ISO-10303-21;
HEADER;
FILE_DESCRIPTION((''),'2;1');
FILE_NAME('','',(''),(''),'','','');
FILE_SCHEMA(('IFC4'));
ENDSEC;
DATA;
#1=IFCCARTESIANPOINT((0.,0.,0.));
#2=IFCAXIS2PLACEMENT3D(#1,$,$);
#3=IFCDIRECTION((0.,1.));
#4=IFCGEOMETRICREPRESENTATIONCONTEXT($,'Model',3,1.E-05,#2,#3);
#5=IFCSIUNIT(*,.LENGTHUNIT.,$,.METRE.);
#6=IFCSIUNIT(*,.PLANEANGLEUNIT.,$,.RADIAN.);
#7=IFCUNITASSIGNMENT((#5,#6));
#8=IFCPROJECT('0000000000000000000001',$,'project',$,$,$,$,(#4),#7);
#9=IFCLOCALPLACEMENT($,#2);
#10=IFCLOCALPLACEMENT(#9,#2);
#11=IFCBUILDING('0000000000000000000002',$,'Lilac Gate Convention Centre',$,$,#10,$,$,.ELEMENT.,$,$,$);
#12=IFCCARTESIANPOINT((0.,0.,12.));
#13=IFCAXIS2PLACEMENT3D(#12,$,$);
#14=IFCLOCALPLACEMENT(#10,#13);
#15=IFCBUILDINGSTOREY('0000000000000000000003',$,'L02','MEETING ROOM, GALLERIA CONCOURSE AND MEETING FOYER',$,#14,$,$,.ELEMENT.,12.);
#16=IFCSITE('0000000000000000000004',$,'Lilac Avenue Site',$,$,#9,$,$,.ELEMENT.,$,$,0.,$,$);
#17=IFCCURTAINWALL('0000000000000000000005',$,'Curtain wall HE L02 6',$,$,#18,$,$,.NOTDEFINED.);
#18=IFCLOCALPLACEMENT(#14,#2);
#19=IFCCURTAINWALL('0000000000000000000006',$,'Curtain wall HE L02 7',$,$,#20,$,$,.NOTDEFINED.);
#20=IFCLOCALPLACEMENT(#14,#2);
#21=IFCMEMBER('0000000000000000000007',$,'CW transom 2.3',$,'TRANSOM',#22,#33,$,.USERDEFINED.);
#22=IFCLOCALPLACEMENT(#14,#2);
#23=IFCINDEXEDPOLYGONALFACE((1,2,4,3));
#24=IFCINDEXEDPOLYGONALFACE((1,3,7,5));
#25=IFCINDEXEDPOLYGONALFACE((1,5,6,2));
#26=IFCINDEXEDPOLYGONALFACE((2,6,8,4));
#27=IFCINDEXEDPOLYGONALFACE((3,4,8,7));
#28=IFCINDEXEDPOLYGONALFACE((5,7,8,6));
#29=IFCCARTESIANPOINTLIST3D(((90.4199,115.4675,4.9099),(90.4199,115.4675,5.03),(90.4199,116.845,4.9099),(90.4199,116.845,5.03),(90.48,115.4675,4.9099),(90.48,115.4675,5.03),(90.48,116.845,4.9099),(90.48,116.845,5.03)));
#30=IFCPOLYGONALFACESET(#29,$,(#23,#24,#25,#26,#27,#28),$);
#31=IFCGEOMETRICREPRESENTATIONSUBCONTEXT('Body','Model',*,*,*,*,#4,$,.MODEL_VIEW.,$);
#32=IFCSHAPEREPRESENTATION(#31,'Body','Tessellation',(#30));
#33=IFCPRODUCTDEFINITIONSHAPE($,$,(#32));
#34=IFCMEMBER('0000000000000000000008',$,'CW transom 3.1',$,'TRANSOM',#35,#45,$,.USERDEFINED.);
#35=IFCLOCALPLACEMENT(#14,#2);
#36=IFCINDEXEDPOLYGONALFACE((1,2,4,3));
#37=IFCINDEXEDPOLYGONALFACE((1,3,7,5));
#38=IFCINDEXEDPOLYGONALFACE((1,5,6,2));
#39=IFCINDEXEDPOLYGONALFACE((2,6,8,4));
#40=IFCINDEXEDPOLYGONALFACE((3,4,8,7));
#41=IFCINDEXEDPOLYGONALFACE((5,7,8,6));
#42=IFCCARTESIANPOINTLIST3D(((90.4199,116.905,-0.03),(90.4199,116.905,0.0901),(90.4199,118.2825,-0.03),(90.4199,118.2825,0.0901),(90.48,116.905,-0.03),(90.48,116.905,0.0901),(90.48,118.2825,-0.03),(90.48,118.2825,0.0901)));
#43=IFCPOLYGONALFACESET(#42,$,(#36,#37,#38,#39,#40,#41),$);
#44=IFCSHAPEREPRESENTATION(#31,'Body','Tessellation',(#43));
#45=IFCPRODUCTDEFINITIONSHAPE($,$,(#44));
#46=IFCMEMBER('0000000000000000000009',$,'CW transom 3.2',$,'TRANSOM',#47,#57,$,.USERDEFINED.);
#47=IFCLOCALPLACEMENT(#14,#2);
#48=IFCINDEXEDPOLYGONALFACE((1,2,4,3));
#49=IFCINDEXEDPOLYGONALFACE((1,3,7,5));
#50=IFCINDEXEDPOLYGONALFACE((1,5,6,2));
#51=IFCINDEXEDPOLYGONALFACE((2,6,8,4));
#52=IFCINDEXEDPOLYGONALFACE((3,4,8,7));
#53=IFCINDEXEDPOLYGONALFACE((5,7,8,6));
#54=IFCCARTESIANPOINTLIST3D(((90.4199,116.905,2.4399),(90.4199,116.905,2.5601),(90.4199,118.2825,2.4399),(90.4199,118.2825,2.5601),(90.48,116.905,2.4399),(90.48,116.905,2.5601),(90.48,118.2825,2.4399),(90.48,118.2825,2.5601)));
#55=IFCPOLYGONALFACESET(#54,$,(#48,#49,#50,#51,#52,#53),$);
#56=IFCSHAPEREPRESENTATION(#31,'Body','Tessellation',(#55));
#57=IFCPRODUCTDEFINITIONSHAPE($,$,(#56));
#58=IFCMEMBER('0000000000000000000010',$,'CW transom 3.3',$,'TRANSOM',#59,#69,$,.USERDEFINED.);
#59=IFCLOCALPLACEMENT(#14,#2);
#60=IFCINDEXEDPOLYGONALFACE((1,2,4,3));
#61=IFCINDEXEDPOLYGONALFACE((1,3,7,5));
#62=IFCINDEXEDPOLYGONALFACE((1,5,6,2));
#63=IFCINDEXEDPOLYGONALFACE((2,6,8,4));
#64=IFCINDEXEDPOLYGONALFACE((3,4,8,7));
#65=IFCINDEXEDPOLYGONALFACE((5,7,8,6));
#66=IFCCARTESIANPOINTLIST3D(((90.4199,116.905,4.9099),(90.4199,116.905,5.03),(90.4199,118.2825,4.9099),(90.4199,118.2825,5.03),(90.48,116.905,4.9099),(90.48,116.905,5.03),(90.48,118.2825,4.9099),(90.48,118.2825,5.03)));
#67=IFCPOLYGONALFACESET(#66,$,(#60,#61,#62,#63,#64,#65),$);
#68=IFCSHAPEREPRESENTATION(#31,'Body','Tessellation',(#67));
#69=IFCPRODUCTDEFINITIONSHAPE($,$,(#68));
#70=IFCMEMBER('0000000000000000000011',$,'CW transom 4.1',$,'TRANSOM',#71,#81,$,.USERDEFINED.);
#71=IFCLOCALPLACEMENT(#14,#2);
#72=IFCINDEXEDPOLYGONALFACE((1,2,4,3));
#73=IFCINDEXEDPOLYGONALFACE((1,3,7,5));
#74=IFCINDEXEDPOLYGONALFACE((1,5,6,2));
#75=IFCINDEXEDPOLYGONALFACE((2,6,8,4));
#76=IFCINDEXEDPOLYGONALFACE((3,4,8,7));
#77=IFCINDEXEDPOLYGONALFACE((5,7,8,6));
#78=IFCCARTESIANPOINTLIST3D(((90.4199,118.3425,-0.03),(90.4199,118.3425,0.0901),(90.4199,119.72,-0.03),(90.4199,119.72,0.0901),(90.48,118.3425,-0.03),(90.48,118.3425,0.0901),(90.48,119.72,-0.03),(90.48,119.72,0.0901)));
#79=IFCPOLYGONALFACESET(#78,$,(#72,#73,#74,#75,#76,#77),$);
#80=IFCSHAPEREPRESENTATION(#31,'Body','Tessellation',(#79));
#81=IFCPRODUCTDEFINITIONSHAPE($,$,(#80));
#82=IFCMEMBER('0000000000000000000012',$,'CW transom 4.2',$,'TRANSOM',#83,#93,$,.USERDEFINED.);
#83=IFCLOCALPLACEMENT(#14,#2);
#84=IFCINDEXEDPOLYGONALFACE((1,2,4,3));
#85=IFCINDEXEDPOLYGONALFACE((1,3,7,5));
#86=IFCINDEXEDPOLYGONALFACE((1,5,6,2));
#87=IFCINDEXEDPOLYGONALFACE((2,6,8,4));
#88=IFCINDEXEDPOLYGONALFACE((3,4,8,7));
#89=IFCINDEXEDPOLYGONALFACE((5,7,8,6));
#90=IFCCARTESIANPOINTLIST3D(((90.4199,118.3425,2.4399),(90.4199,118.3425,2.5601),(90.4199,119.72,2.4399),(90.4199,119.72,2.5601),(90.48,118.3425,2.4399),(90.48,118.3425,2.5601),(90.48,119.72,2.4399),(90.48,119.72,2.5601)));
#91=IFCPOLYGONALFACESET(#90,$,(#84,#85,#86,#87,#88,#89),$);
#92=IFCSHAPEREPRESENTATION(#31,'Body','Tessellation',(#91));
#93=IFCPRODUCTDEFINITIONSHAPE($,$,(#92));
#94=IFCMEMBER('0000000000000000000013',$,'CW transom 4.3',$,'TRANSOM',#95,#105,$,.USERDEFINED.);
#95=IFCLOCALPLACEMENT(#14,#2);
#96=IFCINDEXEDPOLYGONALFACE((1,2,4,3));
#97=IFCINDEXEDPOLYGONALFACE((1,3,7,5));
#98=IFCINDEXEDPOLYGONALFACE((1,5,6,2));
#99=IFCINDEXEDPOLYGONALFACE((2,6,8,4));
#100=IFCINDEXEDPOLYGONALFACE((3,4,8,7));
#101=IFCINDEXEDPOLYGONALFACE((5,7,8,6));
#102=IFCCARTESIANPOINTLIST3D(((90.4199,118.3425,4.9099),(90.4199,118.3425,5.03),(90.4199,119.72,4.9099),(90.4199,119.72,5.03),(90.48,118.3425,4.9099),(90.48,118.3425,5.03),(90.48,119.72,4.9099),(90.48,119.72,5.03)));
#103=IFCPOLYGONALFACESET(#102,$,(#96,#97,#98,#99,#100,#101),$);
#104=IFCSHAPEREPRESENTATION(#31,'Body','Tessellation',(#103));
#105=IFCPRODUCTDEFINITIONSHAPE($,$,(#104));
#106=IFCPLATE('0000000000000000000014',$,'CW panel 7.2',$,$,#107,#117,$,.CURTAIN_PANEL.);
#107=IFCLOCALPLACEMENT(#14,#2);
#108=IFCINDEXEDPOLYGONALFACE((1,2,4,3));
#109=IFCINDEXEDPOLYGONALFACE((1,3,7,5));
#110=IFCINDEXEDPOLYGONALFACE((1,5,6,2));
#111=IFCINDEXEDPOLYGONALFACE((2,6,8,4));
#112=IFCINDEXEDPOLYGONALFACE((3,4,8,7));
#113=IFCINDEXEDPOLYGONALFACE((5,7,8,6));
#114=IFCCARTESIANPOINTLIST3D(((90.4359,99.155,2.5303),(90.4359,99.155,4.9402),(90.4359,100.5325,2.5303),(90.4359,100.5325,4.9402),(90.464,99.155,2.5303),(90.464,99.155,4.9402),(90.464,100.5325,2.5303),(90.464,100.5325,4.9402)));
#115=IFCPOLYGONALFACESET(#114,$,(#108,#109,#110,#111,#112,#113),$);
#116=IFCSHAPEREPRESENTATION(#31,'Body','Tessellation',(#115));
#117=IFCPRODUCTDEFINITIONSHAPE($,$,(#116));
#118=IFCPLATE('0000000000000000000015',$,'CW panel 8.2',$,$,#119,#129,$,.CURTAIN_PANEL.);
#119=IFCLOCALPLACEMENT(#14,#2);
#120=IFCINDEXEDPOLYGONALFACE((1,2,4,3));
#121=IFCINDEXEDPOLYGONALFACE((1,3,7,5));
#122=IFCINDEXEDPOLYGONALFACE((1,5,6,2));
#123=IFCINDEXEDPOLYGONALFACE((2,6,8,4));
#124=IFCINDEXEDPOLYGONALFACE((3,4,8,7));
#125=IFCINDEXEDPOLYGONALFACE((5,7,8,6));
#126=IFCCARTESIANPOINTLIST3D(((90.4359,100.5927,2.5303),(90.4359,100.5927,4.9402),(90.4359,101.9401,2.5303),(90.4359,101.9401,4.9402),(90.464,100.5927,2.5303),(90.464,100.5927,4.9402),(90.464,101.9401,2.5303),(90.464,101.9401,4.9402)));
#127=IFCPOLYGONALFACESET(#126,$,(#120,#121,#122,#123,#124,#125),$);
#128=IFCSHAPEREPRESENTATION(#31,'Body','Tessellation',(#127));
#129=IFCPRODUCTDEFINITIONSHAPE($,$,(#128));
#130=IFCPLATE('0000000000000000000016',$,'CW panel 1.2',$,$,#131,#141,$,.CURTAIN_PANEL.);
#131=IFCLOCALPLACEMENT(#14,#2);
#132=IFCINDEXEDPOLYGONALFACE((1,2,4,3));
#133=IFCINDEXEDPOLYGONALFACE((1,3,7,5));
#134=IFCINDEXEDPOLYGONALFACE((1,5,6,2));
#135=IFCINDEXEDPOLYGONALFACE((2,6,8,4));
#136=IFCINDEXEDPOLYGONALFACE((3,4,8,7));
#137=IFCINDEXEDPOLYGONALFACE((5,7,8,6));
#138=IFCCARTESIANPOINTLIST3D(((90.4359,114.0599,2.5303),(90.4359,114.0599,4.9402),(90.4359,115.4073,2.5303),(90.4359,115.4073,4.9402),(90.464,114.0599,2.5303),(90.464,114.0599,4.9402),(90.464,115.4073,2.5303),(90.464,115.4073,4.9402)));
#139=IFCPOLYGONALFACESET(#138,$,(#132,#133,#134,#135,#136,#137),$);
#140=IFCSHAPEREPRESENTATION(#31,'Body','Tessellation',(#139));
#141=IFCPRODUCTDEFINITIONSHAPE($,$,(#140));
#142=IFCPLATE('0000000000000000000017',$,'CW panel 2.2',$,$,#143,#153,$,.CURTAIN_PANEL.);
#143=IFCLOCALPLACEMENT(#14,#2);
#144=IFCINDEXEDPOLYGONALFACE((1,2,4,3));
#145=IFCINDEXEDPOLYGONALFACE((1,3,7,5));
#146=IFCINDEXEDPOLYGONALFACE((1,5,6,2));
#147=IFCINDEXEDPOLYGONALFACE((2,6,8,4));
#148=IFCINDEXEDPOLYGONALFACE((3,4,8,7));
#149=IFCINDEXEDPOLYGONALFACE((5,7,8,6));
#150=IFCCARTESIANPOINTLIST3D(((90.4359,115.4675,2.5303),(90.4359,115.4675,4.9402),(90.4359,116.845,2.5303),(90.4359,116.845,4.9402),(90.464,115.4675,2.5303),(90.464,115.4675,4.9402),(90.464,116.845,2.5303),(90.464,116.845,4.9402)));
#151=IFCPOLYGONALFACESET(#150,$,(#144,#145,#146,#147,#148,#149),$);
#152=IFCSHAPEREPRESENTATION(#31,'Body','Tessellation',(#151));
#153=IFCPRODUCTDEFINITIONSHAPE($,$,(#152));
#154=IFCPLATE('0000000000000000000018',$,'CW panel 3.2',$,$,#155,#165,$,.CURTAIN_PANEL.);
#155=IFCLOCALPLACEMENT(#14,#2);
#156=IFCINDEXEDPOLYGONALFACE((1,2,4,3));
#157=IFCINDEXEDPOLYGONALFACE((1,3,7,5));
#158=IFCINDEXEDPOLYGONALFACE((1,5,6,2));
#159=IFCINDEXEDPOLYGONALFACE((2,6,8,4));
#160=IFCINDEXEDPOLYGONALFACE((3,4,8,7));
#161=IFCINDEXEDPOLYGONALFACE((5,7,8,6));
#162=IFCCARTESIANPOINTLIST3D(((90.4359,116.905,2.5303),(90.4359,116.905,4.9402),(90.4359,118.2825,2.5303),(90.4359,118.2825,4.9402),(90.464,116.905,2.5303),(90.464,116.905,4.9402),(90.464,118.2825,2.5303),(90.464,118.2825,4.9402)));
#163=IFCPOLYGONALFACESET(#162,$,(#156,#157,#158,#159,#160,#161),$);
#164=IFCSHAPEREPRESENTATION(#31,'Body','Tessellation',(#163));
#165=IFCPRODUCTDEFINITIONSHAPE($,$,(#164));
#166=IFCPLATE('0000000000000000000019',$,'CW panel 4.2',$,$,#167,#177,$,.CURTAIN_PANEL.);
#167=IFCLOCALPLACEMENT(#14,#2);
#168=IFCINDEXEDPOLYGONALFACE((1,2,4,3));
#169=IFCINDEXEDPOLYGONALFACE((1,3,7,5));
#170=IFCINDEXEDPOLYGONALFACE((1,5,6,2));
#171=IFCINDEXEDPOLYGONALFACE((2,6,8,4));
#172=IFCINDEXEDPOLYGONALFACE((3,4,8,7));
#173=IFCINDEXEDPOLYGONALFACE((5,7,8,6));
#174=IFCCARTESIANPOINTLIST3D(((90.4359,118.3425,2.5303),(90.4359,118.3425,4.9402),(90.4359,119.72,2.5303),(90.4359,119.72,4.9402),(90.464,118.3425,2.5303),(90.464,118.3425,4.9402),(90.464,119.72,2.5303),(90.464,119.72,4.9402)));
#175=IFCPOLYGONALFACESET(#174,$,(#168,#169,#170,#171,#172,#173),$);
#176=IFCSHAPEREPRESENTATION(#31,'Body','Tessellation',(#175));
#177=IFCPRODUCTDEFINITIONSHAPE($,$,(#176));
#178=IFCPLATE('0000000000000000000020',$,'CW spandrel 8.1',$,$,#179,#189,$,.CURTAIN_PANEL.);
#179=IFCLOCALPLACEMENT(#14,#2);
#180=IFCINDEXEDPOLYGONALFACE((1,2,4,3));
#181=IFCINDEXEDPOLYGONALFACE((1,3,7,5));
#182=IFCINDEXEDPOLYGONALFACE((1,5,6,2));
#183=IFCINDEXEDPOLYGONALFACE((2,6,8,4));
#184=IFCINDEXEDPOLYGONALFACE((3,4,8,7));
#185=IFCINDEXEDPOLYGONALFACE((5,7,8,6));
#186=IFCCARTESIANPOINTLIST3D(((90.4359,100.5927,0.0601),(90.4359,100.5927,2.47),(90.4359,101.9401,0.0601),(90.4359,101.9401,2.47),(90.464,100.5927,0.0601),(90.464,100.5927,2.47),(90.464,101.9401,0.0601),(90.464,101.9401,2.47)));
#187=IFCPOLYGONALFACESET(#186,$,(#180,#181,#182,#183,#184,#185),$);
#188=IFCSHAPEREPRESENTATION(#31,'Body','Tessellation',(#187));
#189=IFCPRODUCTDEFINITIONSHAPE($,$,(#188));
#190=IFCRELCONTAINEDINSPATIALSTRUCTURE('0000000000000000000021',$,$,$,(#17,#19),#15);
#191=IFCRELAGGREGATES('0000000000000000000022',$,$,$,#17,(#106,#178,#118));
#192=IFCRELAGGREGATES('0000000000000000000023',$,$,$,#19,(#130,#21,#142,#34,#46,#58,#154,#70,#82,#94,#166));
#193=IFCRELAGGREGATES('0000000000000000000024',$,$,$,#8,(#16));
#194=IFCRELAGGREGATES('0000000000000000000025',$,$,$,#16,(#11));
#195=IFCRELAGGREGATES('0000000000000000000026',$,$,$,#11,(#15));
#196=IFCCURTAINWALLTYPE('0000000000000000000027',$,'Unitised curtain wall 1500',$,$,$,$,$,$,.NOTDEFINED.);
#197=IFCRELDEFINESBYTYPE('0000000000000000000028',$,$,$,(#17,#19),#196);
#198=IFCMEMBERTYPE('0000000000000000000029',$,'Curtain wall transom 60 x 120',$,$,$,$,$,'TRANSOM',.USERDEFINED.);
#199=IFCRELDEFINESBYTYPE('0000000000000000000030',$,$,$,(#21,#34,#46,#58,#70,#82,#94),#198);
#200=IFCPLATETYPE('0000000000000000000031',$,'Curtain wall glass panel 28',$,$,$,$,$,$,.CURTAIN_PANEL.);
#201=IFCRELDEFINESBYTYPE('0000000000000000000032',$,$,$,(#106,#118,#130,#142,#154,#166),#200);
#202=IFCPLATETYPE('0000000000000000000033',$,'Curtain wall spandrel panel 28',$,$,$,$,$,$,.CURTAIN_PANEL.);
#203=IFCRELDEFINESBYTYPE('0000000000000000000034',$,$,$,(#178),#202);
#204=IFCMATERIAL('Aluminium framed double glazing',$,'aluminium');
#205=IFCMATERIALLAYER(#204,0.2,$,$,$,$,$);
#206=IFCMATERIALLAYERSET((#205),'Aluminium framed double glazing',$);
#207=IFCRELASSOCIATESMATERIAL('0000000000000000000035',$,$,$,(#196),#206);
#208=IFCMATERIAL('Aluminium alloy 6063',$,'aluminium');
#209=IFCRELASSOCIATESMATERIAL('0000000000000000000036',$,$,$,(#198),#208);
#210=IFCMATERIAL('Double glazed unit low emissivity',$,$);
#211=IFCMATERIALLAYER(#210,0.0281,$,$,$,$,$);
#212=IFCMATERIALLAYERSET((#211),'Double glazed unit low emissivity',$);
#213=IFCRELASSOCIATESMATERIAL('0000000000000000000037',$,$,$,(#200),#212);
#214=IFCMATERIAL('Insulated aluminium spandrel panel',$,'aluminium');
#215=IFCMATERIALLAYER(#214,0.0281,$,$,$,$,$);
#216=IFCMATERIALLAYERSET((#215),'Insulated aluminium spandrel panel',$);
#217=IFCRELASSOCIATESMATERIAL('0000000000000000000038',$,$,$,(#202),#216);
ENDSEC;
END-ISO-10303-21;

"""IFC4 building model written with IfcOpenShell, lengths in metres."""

from ifc_helpers import new_model, si_unit, direction, frame, origin, origin_2d, place, context, subcontext, project, spatial, rectangle, extrude, material, layer, layer_set, material_profile, profile_set, type_object, element, aggregate, save


model = new_model("IFC4")

# Units and contexts
model_context = context("Model", 3, precision=1e-05, world=origin(), true_north=direction((0.0, 1.0)))
body_context = subcontext(model_context, "Body", "Model", "MODEL_VIEW")
ifc_project = project(units=[si_unit("LENGTHUNIT", "METRE"), si_unit("PLANEANGLEUNIT", "RADIAN")], contexts=[model_context])

# Site, building, storey
site_placement = place(None, origin())
site = spatial("IfcSite", under=ifc_project, at=site_placement, Name="Lilac Avenue Site", CompositionType="ELEMENT", RefElevation=0.0)
building_placement = place(site_placement, origin())
building = spatial("IfcBuilding", under=site, at=building_placement, Name="Lilac Gate Convention Centre", CompositionType="ELEMENT")
storey_placement = place(building_placement, frame((0.0, 0.0, 12.0)))
storey = spatial("IfcBuildingStorey", under=building, at=storey_placement, Name="L02", Description="MEETING ROOM, GALLERIA CONCOURSE AND MEETING FOYER", CompositionType="ELEMENT", Elevation=12.0)

# Curtain walls
ifc_material_1 = material(Name="Aluminium framed double glazing", Category="aluminium")
ifc_layer_1 = layer(ifc_material_1, 0.2)
ifc_layer_set_1 = layer_set([ifc_layer_1], Name="Aluminium framed double glazing")
curtain_wall_type = type_object("IfcCurtainWallType", Name="Unitised curtain wall 1500", PredefinedType="NOTDEFINED", material=ifc_layer_set_1)
curtain_wall_1_placement = place(storey_placement, origin())
curtain_wall_1 = element("IfcCurtainWall", 1, at=curtain_wall_1_placement, inside=storey, type_object=curtain_wall_type, Name="Curtain wall HE L02 6", PredefinedType="NOTDEFINED")
ifc_material_2 = material(Name="Aluminium alloy 6063", Category="aluminium")
curtain_wall_2_placement = place(storey_placement, origin())
curtain_wall_2 = element("IfcCurtainWall", 2, at=curtain_wall_2_placement, inside=storey, type_object=curtain_wall_type, Name="Curtain wall HE L02 7", PredefinedType="NOTDEFINED")

# Members
ifc_material_profile_1 = material_profile(ifc_material_2, rectangle(XDim=0.0601, YDim=0.1201, at=origin_2d()), Name="Curtain wall transom 60 x 120")
ifc_profile_set_1 = profile_set([ifc_material_profile_1], Name="Aluminium alloy 6063")
member_type_1 = type_object("IfcMemberType", Name="Curtain wall transom 60 x 120", ElementType="TRANSOM", PredefinedType="USERDEFINED", material=ifc_profile_set_1)
member_1_placement = place(storey_placement, frame((90.45, 115.4675, 4.97), z_axis=(0.0, 1.0, 0.0), x_axis=(-1.0, 0.0, 0.0)))
member_1 = element("IfcMember", 3, at=member_1_placement, type_object=member_type_1, Name="CW transom 2.3", ObjectType="TRANSOM", PredefinedType="USERDEFINED", context=body_context, shape_type="SweptSolid", body=[
    extrude(rectangle(XDim=0.0601, YDim=0.1201, at=origin_2d()), origin(), (0.0, 0.0, 1.0), 1.3774),
])
member_2_placement = place(storey_placement, frame((90.45, 116.905, 0.03), z_axis=(0.0, 1.0, 0.0), x_axis=(-1.0, 0.0, 0.0)))
member_2 = element("IfcMember", 4, at=member_2_placement, type_object=member_type_1, Name="CW transom 3.1", ObjectType="TRANSOM", PredefinedType="USERDEFINED", context=body_context, shape_type="SweptSolid", body=[
    extrude(rectangle(XDim=0.0601, YDim=0.1201, at=origin_2d()), origin(), (0.0, 0.0, 1.0), 1.3774),
])
member_3_placement = place(storey_placement, frame((90.45, 116.905, 2.5), z_axis=(0.0, 1.0, 0.0), x_axis=(-1.0, 0.0, 0.0)))
member_3 = element("IfcMember", 5, at=member_3_placement, type_object=member_type_1, Name="CW transom 3.2", ObjectType="TRANSOM", PredefinedType="USERDEFINED", context=body_context, shape_type="SweptSolid", body=[
    extrude(rectangle(XDim=0.0601, YDim=0.1201, at=origin_2d()), origin(), (0.0, 0.0, 1.0), 1.3774),
])
member_4_placement = place(storey_placement, frame((90.45, 116.905, 4.97), z_axis=(0.0, 1.0, 0.0), x_axis=(-1.0, 0.0, 0.0)))
member_4 = element("IfcMember", 6, at=member_4_placement, type_object=member_type_1, Name="CW transom 3.3", ObjectType="TRANSOM", PredefinedType="USERDEFINED", context=body_context, shape_type="SweptSolid", body=[
    extrude(rectangle(XDim=0.0601, YDim=0.1201, at=origin_2d()), origin(), (0.0, 0.0, 1.0), 1.3774),
])
member_5_placement = place(storey_placement, frame((90.45, 118.3425, 0.03), z_axis=(0.0, 1.0, 0.0), x_axis=(-1.0, 0.0, 0.0)))
member_5 = element("IfcMember", 7, at=member_5_placement, type_object=member_type_1, Name="CW transom 4.1", ObjectType="TRANSOM", PredefinedType="USERDEFINED", context=body_context, shape_type="SweptSolid", body=[
    extrude(rectangle(XDim=0.0601, YDim=0.1201, at=origin_2d()), origin(), (0.0, 0.0, 1.0), 1.3774),
])
member_6_placement = place(storey_placement, frame((90.45, 118.3425, 2.5), z_axis=(0.0, 1.0, 0.0), x_axis=(-1.0, 0.0, 0.0)))
member_6 = element("IfcMember", 8, at=member_6_placement, type_object=member_type_1, Name="CW transom 4.2", ObjectType="TRANSOM", PredefinedType="USERDEFINED", context=body_context, shape_type="SweptSolid", body=[
    extrude(rectangle(XDim=0.0601, YDim=0.1201, at=origin_2d()), origin(), (0.0, 0.0, 1.0), 1.3774),
])
member_7_placement = place(storey_placement, frame((90.45, 118.3425, 4.97), z_axis=(0.0, 1.0, 0.0), x_axis=(-1.0, 0.0, 0.0)))
member_7 = element("IfcMember", 9, at=member_7_placement, type_object=member_type_1, Name="CW transom 4.3", ObjectType="TRANSOM", PredefinedType="USERDEFINED", context=body_context, shape_type="SweptSolid", body=[
    extrude(rectangle(XDim=0.0601, YDim=0.1201, at=origin_2d()), origin(), (0.0, 0.0, 1.0), 1.3774),
])

# Plates
ifc_material_3 = material(Name="Double glazed unit low emissivity")
ifc_layer_2 = layer(ifc_material_3, 0.0281)
ifc_layer_set_2 = layer_set([ifc_layer_2], Name="Double glazed unit low emissivity")
plate_type_1 = type_object("IfcPlateType", Name="Curtain wall glass panel 28", PredefinedType="CURTAIN_PANEL", material=ifc_layer_set_2)
plate_1_placement = place(storey_placement, frame((90.45, 99.8438, 2.5303), z_axis=(0.0, 0.0, 1.0), x_axis=(0.0, 1.0, 0.0)))
plate_1 = element("IfcPlate", 10, at=plate_1_placement, type_object=plate_type_1, Name="CW panel 7.2", PredefinedType="CURTAIN_PANEL", context=body_context, shape_type="SweptSolid", body=[
    extrude(rectangle(XDim=1.3774, YDim=0.0281, at=origin_2d()), origin(), (0.0, 0.0, 1.0), 2.4099),
])
plate_2_placement = place(storey_placement, frame((90.45, 101.2664, 2.5303), z_axis=(0.0, 0.0, 1.0), x_axis=(0.0, 1.0, 0.0)))
plate_2 = element("IfcPlate", 11, at=plate_2_placement, type_object=plate_type_1, Name="CW panel 8.2", PredefinedType="CURTAIN_PANEL", context=body_context, shape_type="SweptSolid", body=[
    extrude(rectangle(XDim=1.3474, YDim=0.0281, at=origin_2d()), origin(), (0.0, 0.0, 1.0), 2.4099),
])
plate_3_placement = place(storey_placement, frame((90.45, 114.7336, 2.5303), z_axis=(0.0, 0.0, 1.0), x_axis=(0.0, 1.0, 0.0)))
plate_3 = element("IfcPlate", 12, at=plate_3_placement, type_object=plate_type_1, Name="CW panel 1.2", PredefinedType="CURTAIN_PANEL", context=body_context, shape_type="SweptSolid", body=[
    extrude(rectangle(XDim=1.3474, YDim=0.0281, at=origin_2d()), origin(), (0.0, 0.0, 1.0), 2.4099),
])
plate_4_placement = place(storey_placement, frame((90.45, 116.1562, 2.5303), z_axis=(0.0, 0.0, 1.0), x_axis=(0.0, 1.0, 0.0)))
plate_4 = element("IfcPlate", 13, at=plate_4_placement, type_object=plate_type_1, Name="CW panel 2.2", PredefinedType="CURTAIN_PANEL", context=body_context, shape_type="SweptSolid", body=[
    extrude(rectangle(XDim=1.3774, YDim=0.0281, at=origin_2d()), origin(), (0.0, 0.0, 1.0), 2.4099),
])
plate_5_placement = place(storey_placement, frame((90.45, 117.5938, 2.5303), z_axis=(0.0, 0.0, 1.0), x_axis=(0.0, 1.0, 0.0)))
plate_5 = element("IfcPlate", 14, at=plate_5_placement, type_object=plate_type_1, Name="CW panel 3.2", PredefinedType="CURTAIN_PANEL", context=body_context, shape_type="SweptSolid", body=[
    extrude(rectangle(XDim=1.3774, YDim=0.0281, at=origin_2d()), origin(), (0.0, 0.0, 1.0), 2.4099),
])
plate_6_placement = place(storey_placement, frame((90.45, 119.0312, 2.5303), z_axis=(0.0, 0.0, 1.0), x_axis=(0.0, 1.0, 0.0)))
plate_6 = element("IfcPlate", 15, at=plate_6_placement, type_object=plate_type_1, Name="CW panel 4.2", PredefinedType="CURTAIN_PANEL", context=body_context, shape_type="SweptSolid", body=[
    extrude(rectangle(XDim=1.3774, YDim=0.0281, at=origin_2d()), origin(), (0.0, 0.0, 1.0), 2.4099),
])
ifc_material_4 = material(Name="Insulated aluminium spandrel panel", Category="aluminium")
ifc_layer_3 = layer(ifc_material_4, 0.0281)
ifc_layer_set_3 = layer_set([ifc_layer_3], Name="Insulated aluminium spandrel panel")
plate_type_2 = type_object("IfcPlateType", Name="Curtain wall spandrel panel 28", PredefinedType="CURTAIN_PANEL", material=ifc_layer_set_3)
plate_7_placement = place(storey_placement, frame((90.45, 101.2664, 0.0601), z_axis=(0.0, 0.0, 1.0), x_axis=(0.0, 1.0, 0.0)))
plate_7 = element("IfcPlate", 16, at=plate_7_placement, type_object=plate_type_2, Name="CW spandrel 8.1", PredefinedType="CURTAIN_PANEL", context=body_context, shape_type="SweptSolid", body=[
    extrude(rectangle(XDim=1.3474, YDim=0.0281, at=origin_2d()), origin(), (0.0, 0.0, 1.0), 2.4099),
])
aggregate(curtain_wall_1, [plate_1, plate_7, plate_2])
aggregate(curtain_wall_2, [plate_3, member_1, plate_4, member_2, member_3, member_4, plate_5, member_5, member_6, member_7, plate_6])

save(model, "model.ifc")
